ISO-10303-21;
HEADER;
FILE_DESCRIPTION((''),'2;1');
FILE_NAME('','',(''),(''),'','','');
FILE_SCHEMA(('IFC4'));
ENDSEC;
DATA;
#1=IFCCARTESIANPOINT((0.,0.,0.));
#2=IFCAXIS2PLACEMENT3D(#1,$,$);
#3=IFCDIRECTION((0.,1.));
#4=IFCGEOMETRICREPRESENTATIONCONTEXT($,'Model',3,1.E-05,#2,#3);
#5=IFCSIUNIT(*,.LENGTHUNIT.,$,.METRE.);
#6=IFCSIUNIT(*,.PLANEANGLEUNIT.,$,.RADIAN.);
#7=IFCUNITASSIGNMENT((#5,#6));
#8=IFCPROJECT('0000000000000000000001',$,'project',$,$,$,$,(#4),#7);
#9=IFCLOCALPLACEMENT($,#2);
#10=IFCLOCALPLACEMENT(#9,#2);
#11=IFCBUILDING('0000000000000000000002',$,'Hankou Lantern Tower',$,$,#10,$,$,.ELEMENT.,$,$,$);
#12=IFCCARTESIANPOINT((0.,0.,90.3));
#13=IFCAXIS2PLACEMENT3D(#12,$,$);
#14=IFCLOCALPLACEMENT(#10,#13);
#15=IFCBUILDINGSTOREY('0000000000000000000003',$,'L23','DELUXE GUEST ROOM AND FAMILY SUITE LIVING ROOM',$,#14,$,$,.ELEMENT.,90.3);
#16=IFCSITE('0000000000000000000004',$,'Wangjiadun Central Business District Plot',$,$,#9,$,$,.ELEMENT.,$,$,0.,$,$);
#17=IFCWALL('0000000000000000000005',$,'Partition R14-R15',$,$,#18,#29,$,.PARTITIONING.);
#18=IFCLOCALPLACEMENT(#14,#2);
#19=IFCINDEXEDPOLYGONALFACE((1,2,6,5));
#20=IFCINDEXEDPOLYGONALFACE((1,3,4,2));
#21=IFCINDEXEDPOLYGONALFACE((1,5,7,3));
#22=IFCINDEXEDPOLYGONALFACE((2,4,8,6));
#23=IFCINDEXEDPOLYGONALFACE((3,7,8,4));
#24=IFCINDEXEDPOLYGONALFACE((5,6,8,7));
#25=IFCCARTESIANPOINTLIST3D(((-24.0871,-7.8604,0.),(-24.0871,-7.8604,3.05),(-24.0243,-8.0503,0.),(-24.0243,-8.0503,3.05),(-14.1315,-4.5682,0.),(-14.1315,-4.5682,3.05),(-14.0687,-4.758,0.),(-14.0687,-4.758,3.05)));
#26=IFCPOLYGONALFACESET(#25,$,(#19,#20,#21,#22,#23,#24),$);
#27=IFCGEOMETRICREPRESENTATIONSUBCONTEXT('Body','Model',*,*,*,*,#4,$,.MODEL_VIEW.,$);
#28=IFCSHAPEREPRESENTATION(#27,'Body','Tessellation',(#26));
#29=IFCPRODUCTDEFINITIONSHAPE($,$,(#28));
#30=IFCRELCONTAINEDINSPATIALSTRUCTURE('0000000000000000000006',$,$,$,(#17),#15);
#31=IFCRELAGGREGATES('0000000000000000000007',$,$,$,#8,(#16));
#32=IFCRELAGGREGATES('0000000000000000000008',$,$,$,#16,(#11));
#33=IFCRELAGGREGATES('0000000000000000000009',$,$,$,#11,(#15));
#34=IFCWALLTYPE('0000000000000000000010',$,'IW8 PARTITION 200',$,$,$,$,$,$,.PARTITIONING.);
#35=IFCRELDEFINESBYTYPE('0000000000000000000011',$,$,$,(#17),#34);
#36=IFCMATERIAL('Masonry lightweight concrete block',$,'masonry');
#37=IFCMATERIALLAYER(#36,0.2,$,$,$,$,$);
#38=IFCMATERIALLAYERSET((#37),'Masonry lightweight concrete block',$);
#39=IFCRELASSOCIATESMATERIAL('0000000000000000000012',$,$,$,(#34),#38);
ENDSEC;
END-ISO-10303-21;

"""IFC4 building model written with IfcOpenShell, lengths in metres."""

from ifc_helpers import new_model, si_unit, direction, frame, frame_2d, origin, place, context, subcontext, project, spatial, rectangle, extrude, material, layer, layer_set, type_object, element, save


model = new_model("IFC4")

# Units and contexts
model_context = context("Model", 3, precision=1e-05, world=origin(), true_north=direction((0.0, 1.0)))
body_context = subcontext(model_context, "Body", "Model", "MODEL_VIEW")
ifc_project = project(units=[si_unit("LENGTHUNIT", "METRE"), si_unit("PLANEANGLEUNIT", "RADIAN")], contexts=[model_context])

# Site, building, storey
site_placement = place(None, origin())
site = spatial("IfcSite", under=ifc_project, at=site_placement, Name="Wangjiadun Central Business District Plot", CompositionType="ELEMENT", RefElevation=0.0)
building_placement = place(site_placement, origin())
building = spatial("IfcBuilding", under=site, at=building_placement, Name="Hankou Lantern Tower", CompositionType="ELEMENT")
storey_placement = place(building_placement, frame((0.0, 0.0, 90.3)))
storey = spatial("IfcBuildingStorey", under=building, at=storey_placement, Name="L23", Description="DELUXE GUEST ROOM AND FAMILY SUITE LIVING ROOM", CompositionType="ELEMENT", Elevation=90.3)

# Wall
ifc_material_1 = material(Name="Masonry lightweight concrete block", Category="masonry")
ifc_layer_1 = layer(ifc_material_1, 0.2)
ifc_layer_set_1 = layer_set([ifc_layer_1], Name="Masonry lightweight concrete block")
wall_type_1 = type_object("IfcWallType", Name="IW8 PARTITION 200", PredefinedType="PARTITIONING", material=ifc_layer_set_1)
wall_1_placement = place(storey_placement, frame((-14.1001, -4.6631, 0.0), z_axis=(0.0, 0.0, 1.0), x_axis=(-0.949433, -0.313971, 0.0)))
element("IfcWall", 1, at=wall_1_placement, inside=storey, type_object=wall_type_1, Name="Partition R14-R15", PredefinedType="PARTITIONING", context=body_context, shape_type="SweptSolid", body=[
    extrude(rectangle(XDim=10.4858, YDim=0.2, at=frame_2d((5.2429, 0.0))), origin(), (0.0, 0.0, 1.0), 3.05),
])

save(model, "model.ifc")
